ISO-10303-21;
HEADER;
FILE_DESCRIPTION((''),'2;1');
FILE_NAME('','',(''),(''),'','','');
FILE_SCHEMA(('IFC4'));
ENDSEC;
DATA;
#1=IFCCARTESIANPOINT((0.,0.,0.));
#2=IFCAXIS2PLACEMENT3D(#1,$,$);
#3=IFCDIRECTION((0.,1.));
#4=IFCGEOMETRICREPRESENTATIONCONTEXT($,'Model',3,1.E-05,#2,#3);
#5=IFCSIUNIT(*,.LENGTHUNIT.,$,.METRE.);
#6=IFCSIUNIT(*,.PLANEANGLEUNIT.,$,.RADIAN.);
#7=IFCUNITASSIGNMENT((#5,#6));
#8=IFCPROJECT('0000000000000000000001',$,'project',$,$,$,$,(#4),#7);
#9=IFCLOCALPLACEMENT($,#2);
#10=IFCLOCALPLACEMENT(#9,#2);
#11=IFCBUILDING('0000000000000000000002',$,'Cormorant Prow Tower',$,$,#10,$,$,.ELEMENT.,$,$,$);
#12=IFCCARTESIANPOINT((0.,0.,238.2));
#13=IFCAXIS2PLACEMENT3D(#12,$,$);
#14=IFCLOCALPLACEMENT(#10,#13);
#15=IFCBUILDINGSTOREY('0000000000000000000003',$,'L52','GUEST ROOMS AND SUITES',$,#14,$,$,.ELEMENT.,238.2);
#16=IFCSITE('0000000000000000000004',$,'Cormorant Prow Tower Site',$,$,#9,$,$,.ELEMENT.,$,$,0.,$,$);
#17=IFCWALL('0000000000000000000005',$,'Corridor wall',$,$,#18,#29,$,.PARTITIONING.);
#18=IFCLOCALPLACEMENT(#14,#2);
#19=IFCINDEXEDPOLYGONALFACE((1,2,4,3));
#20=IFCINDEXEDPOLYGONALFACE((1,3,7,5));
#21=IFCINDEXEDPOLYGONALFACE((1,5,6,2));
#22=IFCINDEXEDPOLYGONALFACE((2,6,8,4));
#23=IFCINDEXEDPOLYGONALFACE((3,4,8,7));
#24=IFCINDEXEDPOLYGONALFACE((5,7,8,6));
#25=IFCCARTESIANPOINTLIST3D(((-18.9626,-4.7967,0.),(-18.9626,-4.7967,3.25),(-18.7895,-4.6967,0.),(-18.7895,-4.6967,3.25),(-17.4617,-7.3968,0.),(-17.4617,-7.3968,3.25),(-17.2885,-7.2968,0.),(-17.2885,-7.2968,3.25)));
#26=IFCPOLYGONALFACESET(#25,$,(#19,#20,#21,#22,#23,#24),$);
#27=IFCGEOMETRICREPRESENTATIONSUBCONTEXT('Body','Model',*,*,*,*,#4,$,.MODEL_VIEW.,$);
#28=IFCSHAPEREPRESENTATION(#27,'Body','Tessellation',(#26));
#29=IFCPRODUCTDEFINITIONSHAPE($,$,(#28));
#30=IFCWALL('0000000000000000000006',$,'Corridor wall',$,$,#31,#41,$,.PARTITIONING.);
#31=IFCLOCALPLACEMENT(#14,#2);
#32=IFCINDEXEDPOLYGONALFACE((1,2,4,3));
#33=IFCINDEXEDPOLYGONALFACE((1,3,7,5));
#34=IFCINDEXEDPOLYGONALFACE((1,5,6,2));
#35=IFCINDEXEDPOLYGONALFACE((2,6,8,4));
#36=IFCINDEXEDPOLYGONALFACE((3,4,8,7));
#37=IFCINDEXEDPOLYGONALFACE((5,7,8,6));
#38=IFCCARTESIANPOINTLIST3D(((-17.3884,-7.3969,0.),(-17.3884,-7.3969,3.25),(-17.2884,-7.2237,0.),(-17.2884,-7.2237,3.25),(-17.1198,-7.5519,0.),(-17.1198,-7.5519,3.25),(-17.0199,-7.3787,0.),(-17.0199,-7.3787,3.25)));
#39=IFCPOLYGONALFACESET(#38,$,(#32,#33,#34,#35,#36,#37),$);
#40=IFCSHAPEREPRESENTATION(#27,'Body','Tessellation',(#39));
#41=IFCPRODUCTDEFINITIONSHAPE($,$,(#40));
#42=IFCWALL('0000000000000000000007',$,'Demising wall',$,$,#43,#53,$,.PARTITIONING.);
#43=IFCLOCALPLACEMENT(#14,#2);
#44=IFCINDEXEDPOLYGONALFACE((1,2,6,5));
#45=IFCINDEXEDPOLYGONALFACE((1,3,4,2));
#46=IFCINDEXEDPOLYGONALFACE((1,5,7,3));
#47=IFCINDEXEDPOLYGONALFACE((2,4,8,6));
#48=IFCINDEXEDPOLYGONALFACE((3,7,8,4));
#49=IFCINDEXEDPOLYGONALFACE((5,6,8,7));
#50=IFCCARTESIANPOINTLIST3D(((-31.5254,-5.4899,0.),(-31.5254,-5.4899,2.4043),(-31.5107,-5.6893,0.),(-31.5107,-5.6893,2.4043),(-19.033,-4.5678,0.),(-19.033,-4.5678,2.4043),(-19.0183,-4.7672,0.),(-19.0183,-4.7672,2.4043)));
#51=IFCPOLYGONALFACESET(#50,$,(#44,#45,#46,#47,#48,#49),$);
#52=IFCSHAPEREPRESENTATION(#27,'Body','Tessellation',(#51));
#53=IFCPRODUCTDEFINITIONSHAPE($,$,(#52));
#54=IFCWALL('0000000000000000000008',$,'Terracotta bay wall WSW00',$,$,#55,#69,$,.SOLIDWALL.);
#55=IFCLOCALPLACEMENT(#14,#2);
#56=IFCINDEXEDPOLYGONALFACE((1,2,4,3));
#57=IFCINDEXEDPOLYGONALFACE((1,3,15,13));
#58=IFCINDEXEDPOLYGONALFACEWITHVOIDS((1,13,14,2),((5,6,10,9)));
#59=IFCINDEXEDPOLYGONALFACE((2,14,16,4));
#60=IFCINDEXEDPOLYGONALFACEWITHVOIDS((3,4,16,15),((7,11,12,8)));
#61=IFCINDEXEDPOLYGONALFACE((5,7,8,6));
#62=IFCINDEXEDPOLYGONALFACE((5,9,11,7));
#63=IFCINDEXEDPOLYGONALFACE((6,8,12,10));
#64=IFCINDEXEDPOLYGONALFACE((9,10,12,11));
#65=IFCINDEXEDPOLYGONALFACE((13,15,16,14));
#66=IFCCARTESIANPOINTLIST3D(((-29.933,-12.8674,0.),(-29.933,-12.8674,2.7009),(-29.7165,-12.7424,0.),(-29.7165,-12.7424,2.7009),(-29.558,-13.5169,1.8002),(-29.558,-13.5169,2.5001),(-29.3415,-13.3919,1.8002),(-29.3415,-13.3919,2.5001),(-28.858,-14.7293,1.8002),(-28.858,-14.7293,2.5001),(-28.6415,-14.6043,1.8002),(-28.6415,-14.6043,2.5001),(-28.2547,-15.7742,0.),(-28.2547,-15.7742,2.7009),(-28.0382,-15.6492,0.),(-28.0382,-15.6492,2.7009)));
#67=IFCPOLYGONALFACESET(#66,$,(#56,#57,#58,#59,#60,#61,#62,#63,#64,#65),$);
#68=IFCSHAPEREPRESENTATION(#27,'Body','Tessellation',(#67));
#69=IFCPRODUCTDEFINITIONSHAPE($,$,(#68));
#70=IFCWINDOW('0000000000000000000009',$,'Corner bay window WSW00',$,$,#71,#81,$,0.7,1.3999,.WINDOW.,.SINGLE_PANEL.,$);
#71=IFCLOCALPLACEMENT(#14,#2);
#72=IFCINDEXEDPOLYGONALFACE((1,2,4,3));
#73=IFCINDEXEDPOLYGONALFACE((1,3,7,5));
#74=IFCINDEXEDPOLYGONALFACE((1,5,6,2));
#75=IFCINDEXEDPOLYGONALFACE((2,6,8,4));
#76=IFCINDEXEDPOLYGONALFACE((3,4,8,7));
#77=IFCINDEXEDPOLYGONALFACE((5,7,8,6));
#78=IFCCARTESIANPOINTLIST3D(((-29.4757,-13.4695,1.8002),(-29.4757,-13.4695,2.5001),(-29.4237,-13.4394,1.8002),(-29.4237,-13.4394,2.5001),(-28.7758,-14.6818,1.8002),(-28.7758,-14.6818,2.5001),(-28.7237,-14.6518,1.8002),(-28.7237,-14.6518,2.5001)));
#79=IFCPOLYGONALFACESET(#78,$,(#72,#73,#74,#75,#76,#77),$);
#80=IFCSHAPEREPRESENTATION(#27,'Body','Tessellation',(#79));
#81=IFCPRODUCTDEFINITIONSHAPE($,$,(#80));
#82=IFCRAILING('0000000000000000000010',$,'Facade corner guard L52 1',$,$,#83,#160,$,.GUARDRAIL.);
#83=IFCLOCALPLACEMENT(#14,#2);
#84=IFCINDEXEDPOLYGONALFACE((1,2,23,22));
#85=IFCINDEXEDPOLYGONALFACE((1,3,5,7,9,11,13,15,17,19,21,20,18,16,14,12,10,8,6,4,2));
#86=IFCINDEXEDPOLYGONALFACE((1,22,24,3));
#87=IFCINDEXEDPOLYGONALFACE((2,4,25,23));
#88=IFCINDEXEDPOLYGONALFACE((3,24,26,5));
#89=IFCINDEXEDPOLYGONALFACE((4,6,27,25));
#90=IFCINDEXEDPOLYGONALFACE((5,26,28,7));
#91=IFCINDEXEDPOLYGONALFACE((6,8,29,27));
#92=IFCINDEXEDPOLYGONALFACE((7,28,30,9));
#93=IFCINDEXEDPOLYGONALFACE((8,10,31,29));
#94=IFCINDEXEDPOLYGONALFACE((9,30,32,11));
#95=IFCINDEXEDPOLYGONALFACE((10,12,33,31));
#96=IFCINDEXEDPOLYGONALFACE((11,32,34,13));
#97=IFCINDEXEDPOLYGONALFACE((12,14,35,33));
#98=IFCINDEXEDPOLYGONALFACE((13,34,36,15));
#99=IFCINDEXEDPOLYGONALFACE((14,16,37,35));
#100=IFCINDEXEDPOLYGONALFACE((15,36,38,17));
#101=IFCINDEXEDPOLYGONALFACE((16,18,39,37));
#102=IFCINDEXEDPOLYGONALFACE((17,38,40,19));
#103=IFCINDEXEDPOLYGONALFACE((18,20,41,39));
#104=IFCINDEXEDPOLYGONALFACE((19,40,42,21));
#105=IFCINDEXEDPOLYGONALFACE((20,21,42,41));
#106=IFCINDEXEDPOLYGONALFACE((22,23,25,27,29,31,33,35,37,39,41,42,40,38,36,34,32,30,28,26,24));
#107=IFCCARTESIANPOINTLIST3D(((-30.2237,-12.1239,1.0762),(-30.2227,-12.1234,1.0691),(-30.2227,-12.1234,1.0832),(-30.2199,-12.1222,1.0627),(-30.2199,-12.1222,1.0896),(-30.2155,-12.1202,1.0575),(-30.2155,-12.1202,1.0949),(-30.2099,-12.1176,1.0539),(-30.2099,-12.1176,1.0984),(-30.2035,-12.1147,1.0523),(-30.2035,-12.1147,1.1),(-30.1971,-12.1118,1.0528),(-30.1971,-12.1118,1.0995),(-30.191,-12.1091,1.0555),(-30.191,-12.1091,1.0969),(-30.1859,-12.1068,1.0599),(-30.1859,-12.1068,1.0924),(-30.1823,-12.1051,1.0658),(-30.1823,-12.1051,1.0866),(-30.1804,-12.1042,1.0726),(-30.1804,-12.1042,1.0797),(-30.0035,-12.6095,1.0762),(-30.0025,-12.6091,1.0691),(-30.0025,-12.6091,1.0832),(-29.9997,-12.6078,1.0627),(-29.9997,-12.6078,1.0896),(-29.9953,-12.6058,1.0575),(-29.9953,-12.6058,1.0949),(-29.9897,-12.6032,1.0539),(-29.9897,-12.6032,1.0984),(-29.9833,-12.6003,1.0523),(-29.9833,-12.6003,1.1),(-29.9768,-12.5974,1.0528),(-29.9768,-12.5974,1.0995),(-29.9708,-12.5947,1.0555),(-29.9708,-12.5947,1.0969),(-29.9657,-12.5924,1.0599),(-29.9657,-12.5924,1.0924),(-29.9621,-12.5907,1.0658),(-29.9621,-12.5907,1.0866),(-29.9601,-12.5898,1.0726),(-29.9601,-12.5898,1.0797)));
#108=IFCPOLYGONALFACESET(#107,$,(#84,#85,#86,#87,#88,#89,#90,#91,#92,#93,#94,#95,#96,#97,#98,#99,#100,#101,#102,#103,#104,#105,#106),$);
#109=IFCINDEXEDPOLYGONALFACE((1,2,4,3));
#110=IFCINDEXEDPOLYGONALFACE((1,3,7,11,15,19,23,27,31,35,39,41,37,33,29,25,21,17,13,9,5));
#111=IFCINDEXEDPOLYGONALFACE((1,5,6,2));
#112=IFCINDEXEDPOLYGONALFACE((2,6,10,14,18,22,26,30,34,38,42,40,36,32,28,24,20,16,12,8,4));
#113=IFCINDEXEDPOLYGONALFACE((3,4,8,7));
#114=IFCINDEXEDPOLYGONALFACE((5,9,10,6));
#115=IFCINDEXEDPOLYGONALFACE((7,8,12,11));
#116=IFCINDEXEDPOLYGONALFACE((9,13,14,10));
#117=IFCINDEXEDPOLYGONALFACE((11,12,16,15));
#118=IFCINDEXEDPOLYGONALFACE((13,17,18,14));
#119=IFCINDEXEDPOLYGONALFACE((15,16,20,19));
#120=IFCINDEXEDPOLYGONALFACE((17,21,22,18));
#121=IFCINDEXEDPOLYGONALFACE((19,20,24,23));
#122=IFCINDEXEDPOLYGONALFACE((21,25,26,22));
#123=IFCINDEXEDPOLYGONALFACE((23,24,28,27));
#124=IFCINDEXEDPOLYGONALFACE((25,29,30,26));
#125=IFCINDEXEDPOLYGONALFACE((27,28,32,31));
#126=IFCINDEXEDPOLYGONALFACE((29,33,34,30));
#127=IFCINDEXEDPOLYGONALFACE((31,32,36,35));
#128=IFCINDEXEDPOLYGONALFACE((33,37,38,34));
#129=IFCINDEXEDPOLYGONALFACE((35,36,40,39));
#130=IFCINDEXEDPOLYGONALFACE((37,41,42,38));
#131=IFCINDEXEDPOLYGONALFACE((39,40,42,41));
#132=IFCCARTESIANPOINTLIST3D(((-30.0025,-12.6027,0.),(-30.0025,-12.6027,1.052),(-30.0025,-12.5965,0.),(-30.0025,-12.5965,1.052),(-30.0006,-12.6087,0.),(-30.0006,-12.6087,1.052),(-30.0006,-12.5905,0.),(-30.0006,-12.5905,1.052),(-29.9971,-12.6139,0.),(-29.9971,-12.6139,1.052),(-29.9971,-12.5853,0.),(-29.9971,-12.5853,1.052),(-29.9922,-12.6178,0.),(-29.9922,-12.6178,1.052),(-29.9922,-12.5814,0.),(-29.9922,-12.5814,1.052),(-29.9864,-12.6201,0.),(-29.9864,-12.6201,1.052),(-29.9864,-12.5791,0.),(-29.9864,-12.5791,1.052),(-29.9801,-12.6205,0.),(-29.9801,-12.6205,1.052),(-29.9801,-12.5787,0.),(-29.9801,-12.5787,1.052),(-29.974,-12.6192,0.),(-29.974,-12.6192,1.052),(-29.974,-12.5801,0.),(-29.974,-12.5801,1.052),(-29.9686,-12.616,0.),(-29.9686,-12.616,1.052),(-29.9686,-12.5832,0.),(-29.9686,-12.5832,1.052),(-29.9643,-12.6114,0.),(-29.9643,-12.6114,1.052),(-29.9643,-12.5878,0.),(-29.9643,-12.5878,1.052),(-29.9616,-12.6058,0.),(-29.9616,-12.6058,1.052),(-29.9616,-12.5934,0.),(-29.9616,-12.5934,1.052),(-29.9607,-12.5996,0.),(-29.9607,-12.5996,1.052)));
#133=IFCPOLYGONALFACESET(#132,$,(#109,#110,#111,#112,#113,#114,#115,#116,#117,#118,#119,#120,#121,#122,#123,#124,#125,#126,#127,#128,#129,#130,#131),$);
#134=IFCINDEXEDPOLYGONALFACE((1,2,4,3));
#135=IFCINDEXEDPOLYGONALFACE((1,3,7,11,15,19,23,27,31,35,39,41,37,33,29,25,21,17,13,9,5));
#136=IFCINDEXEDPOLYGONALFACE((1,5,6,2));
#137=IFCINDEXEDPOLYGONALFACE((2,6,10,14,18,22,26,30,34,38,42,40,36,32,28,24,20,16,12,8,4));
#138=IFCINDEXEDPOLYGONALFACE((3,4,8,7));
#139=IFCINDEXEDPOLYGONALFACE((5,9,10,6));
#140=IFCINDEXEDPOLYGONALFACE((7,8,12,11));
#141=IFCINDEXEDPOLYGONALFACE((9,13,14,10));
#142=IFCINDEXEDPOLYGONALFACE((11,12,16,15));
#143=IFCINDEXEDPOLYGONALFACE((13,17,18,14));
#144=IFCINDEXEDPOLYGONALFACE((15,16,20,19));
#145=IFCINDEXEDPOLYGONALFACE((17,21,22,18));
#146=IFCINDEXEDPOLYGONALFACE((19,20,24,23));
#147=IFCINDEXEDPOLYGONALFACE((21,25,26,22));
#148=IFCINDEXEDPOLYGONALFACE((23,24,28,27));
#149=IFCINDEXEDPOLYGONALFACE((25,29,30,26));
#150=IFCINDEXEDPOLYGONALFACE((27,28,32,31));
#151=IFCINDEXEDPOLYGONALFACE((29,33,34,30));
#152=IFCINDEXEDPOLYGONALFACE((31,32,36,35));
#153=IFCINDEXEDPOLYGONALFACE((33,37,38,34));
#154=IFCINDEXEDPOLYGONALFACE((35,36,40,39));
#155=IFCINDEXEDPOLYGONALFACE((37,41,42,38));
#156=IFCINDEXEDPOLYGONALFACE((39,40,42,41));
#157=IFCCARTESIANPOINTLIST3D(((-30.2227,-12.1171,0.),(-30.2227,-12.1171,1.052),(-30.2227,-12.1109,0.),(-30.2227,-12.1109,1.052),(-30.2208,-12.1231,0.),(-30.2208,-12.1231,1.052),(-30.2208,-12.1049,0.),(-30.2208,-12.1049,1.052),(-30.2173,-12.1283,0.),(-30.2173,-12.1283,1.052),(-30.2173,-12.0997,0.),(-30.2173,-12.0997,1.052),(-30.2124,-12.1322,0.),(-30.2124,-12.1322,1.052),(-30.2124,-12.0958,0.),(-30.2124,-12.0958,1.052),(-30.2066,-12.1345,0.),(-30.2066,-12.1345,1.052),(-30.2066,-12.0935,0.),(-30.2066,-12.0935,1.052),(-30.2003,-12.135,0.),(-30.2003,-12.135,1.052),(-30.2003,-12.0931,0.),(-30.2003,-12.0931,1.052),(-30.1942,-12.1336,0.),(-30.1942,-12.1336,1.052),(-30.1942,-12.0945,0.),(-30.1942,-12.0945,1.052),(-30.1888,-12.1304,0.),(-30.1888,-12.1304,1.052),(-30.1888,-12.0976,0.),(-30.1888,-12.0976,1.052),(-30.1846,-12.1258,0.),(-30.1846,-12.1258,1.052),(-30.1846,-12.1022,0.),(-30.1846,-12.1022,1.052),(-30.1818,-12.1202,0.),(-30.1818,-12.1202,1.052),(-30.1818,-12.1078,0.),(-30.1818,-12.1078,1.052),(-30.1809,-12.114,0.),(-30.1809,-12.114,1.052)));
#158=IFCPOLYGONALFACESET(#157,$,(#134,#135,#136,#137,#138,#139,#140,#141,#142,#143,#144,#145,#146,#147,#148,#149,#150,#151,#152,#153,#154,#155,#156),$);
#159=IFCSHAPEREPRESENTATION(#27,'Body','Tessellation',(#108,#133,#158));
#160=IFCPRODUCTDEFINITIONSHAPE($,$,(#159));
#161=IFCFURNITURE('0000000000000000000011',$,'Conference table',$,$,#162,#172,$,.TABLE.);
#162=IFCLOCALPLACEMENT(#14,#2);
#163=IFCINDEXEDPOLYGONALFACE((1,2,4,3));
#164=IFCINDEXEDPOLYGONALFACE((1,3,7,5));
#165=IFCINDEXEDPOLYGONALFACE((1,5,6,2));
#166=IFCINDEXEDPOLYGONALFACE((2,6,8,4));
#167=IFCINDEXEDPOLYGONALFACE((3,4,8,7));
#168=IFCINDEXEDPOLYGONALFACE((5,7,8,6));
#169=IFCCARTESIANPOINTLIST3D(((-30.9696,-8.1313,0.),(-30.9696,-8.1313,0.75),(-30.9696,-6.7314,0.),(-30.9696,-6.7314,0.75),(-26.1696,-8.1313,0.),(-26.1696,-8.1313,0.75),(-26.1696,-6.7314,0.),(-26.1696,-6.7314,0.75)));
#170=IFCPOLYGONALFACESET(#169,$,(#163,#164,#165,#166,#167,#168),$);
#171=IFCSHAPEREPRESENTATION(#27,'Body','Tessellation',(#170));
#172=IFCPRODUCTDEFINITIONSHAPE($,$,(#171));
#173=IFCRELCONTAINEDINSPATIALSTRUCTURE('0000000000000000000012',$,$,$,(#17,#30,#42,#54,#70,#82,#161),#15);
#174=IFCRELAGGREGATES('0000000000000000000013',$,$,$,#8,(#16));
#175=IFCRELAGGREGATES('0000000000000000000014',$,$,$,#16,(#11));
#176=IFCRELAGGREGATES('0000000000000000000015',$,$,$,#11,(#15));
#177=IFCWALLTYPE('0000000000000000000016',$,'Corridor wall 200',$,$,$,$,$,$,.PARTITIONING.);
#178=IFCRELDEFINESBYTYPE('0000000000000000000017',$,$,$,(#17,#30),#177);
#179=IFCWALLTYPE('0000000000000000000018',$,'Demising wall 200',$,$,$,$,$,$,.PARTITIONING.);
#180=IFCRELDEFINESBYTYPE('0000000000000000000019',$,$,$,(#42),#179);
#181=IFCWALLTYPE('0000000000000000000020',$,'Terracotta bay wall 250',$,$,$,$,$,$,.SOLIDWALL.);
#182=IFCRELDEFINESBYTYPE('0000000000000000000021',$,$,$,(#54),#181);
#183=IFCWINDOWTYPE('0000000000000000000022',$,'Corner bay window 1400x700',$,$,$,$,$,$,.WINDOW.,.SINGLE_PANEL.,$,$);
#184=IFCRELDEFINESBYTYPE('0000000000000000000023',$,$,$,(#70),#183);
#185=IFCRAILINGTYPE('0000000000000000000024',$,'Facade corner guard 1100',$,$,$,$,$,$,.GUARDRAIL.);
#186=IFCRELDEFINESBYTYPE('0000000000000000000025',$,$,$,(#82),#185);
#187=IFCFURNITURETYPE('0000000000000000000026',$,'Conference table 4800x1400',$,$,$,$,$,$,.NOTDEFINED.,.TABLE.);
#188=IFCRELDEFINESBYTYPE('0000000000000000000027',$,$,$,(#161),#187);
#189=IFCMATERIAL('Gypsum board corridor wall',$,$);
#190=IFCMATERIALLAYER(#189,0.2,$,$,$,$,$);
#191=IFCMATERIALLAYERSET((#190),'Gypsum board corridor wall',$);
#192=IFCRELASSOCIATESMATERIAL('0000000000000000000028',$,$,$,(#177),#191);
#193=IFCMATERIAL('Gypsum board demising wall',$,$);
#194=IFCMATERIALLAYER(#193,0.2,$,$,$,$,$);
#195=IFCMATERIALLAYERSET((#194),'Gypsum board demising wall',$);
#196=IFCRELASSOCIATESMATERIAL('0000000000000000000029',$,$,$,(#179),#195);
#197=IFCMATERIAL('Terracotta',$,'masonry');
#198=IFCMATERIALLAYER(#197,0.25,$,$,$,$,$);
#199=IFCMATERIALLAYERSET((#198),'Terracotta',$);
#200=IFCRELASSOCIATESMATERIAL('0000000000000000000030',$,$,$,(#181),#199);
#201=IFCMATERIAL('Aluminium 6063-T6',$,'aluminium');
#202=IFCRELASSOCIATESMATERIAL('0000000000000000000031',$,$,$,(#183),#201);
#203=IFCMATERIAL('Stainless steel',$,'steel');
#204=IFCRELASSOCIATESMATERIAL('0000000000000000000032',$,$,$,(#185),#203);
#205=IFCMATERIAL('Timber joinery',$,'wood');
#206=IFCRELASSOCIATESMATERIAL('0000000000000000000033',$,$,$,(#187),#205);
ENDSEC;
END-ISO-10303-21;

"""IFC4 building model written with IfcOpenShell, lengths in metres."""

from ifc_helpers import new_model, si_unit, direction, frame, frame_2d, origin, origin_2d, place, context, subcontext, project, spatial, rectangle, circle, extrude, material, layer, layer_set, type_object, element, fill, save


model = new_model("IFC4")

# Units and contexts
model_context = context("Model", 3, precision=1e-05, world=origin(), true_north=direction((0.0, 1.0)))
body_context = subcontext(model_context, "Body", "Model", "MODEL_VIEW")
ifc_project = project(units=[si_unit("LENGTHUNIT", "METRE"), si_unit("PLANEANGLEUNIT", "RADIAN")], contexts=[model_context])

# Site, building, storey
site_placement = place(None, origin())
site = spatial("IfcSite", under=ifc_project, at=site_placement, Name="Cormorant Prow Tower Site", CompositionType="ELEMENT", RefElevation=0.0)
building_placement = place(site_placement, origin())
building = spatial("IfcBuilding", under=site, at=building_placement, Name="Cormorant Prow Tower", CompositionType="ELEMENT")
storey_placement = place(building_placement, frame((0.0, 0.0, 238.2)))
storey = spatial("IfcBuildingStorey", under=building, at=storey_placement, Name="L52", Description="GUEST ROOMS AND SUITES", CompositionType="ELEMENT", Elevation=238.2)

# Shared definitions
ifc_material_1 = material(Name="Gypsum board corridor wall")
ifc_layer_1 = layer(ifc_material_1, 0.2)
ifc_layer_set_1 = layer_set([ifc_layer_1], Name="Gypsum board corridor wall")
wall_type_1 = type_object("IfcWallType", Name="Corridor wall 200", PredefinedType="PARTITIONING", material=ifc_layer_set_1)

# Walls
wall_1_placement = place(storey_placement, frame((-18.876, -4.7468, 0.0), z_axis=(0.0, 0.0, 1.0), x_axis=(0.499952, -0.866053, 0.0)))
element("IfcWall", 1, at=wall_1_placement, inside=storey, type_object=wall_type_1, Name="Corridor wall", PredefinedType="PARTITIONING", context=body_context, shape_type="SweptSolid", body=[
    extrude(rectangle(XDim=3.0022, YDim=0.2, at=frame_2d((1.501, 0.0))), origin(), (0.0, 0.0, 1.0), 3.25),
])
wall_2_placement = place(storey_placement, frame((-17.3384, -7.3103, 0.0), z_axis=(0.0, 0.0, 1.0), x_axis=(0.866054, -0.49995, 0.0)))
element("IfcWall", 2, at=wall_2_placement, inside=storey, type_object=wall_type_1, Name="Corridor wall", PredefinedType="PARTITIONING", context=body_context, shape_type="SweptSolid", body=[
    extrude(rectangle(XDim=0.3101, YDim=0.2, at=frame_2d((0.155, 0.0))), origin(), (0.0, 0.0, 1.0), 3.25),
])
ifc_material_2 = material(Name="Gypsum board demising wall")
ifc_layer_2 = layer(ifc_material_2, 0.2)
ifc_layer_set_2 = layer_set([ifc_layer_2], Name="Gypsum board demising wall")
wall_type_2 = type_object("IfcWallType", Name="Demising wall 200", PredefinedType="PARTITIONING", material=ifc_layer_set_2)
wall_3_placement = place(storey_placement, frame((-31.5181, -5.5896, 0.0), z_axis=(0.0, 0.0, 1.0), x_axis=(0.997287, 0.073614, 0.0)))
element("IfcWall", 3, at=wall_3_placement, inside=storey, type_object=wall_type_2, Name="Demising wall", PredefinedType="PARTITIONING", context=body_context, shape_type="SweptSolid", body=[
    extrude(rectangle(XDim=12.5264, YDim=0.2, at=frame_2d((6.2632, 0.0))), origin(), (0.0, 0.0, 1.0), 2.4043),
])

# Wall, opening, window
ifc_material_3 = material(Name="Terracotta", Category="masonry")
ifc_layer_3 = layer(ifc_material_3, 0.25)
ifc_layer_set_3 = layer_set([ifc_layer_3], Name="Terracotta")
wall_type_3 = type_object("IfcWallType", Name="Terracotta bay wall 250", PredefinedType="SOLIDWALL", material=ifc_layer_set_3)
wall_4_placement = place(storey_placement, frame((-29.8247, -12.8049, 0.0), z_axis=(0.0, 0.0, 1.0), x_axis=(0.500004, -0.866023, 0.0)))
wall_4 = element("IfcWall", 4, at=wall_4_placement, inside=storey, type_object=wall_type_3, Name="Terracotta bay wall WSW00", PredefinedType="SOLIDWALL", context=body_context, shape_type="SweptSolid", body=[
    extrude(rectangle(XDim=3.3564, YDim=0.25, at=frame_2d((1.6782, 0.0))), origin(), (0.0, 0.0, 1.0), 2.7009),
])
opening_1_placement = place(wall_4_placement, frame((0.75, 0.0, 1.8)))
opening_1 = element("IfcOpeningElement", 5, at=opening_1_placement, cuts=wall_4, PredefinedType="OPENING", context=body_context, shape_type="SweptSolid", body=[
    extrude(rectangle(XDim=1.3999, YDim=0.7, at=frame_2d((0.7, 0.3501))), frame((0.0, 0.135, 0.0), z_axis=(0.0, -1.0, 0.0), x_axis=(1.0, 0.0, 0.0)), (0.0, 0.0, 1.0), 0.27),
])
ifc_material_4 = material(Name="Aluminium 6063-T6", Category="aluminium")
window_type = type_object("IfcWindowType", Name="Corner bay window 1400x700", PartitioningType="SINGLE_PANEL", PredefinedType="WINDOW", material=ifc_material_4)
window_placement = place(opening_1_placement, origin())
window = element("IfcWindow", 6, at=window_placement, inside=storey, type_object=window_type, Name="Corner bay window WSW00", OverallHeight=0.7, OverallWidth=1.3999, PartitioningType="SINGLE_PANEL", PredefinedType="WINDOW", context=body_context, shape_type="SweptSolid", body=[
    extrude(rectangle(XDim=1.3999, YDim=0.7, at=frame_2d((0.7, 0.3501))), frame((0.0, 0.03, 0.0), z_axis=(0.0, -1.0, 0.0), x_axis=(1.0, 0.0, 0.0)), (0.0, 0.0, 1.0), 0.0601),
])
fill(opening_1, window)

# Railing
ifc_material_5 = material(Name="Stainless steel", Category="steel")
railing_type = type_object("IfcRailingType", Name="Facade corner guard 1100", PredefinedType="GUARDRAIL", material=ifc_material_5)
railing_placement = place(storey_placement, frame((-29.9817, -12.5996, 0.0)))
element("IfcRailing", 7, at=railing_placement, inside=storey, type_object=railing_type, Name="Facade corner guard L52 1", PredefinedType="GUARDRAIL", context=body_context, shape_type="SweptSolid", body=[
    extrude(circle(Radius=0.0239, at=origin_2d()), frame((0.0, 0.0, 1.0762), z_axis=(-0.413009, 0.910727, 0.0), x_axis=(-0.910727, -0.413009, 0.0)), (0.0, 0.0, 1.0), 0.5332),
    extrude(circle(Radius=0.021, at=origin_2d()), origin(), (0.0, 0.0, 1.0), 1.052),
    extrude(circle(Radius=0.021, at=origin_2d()), frame((-0.2202, 0.4856, 0.0)), (0.0, 0.0, 1.0), 1.052),
])

# Furniture
ifc_material_6 = material(Name="Timber joinery", Category="wood")
furniture_type = type_object("IfcFurnitureType", Name="Conference table 4800x1400", AssemblyPlace="NOTDEFINED", PredefinedType="TABLE", material=ifc_material_6)
furniture_placement = place(storey_placement, frame((-28.5696, -7.4314, 0.0), z_axis=(0.0, 0.0, 1.0), x_axis=(1.0, 0.0, 0.0)))
element("IfcFurniture", 8, at=furniture_placement, inside=storey, type_object=furniture_type, Name="Conference table", PredefinedType="TABLE", context=body_context, shape_type="SweptSolid", body=[
    extrude(rectangle(XDim=4.8, YDim=1.3999, at=origin_2d()), origin(), (0.0, 0.0, 1.0), 0.75),
])

save(model, "model.ifc")
